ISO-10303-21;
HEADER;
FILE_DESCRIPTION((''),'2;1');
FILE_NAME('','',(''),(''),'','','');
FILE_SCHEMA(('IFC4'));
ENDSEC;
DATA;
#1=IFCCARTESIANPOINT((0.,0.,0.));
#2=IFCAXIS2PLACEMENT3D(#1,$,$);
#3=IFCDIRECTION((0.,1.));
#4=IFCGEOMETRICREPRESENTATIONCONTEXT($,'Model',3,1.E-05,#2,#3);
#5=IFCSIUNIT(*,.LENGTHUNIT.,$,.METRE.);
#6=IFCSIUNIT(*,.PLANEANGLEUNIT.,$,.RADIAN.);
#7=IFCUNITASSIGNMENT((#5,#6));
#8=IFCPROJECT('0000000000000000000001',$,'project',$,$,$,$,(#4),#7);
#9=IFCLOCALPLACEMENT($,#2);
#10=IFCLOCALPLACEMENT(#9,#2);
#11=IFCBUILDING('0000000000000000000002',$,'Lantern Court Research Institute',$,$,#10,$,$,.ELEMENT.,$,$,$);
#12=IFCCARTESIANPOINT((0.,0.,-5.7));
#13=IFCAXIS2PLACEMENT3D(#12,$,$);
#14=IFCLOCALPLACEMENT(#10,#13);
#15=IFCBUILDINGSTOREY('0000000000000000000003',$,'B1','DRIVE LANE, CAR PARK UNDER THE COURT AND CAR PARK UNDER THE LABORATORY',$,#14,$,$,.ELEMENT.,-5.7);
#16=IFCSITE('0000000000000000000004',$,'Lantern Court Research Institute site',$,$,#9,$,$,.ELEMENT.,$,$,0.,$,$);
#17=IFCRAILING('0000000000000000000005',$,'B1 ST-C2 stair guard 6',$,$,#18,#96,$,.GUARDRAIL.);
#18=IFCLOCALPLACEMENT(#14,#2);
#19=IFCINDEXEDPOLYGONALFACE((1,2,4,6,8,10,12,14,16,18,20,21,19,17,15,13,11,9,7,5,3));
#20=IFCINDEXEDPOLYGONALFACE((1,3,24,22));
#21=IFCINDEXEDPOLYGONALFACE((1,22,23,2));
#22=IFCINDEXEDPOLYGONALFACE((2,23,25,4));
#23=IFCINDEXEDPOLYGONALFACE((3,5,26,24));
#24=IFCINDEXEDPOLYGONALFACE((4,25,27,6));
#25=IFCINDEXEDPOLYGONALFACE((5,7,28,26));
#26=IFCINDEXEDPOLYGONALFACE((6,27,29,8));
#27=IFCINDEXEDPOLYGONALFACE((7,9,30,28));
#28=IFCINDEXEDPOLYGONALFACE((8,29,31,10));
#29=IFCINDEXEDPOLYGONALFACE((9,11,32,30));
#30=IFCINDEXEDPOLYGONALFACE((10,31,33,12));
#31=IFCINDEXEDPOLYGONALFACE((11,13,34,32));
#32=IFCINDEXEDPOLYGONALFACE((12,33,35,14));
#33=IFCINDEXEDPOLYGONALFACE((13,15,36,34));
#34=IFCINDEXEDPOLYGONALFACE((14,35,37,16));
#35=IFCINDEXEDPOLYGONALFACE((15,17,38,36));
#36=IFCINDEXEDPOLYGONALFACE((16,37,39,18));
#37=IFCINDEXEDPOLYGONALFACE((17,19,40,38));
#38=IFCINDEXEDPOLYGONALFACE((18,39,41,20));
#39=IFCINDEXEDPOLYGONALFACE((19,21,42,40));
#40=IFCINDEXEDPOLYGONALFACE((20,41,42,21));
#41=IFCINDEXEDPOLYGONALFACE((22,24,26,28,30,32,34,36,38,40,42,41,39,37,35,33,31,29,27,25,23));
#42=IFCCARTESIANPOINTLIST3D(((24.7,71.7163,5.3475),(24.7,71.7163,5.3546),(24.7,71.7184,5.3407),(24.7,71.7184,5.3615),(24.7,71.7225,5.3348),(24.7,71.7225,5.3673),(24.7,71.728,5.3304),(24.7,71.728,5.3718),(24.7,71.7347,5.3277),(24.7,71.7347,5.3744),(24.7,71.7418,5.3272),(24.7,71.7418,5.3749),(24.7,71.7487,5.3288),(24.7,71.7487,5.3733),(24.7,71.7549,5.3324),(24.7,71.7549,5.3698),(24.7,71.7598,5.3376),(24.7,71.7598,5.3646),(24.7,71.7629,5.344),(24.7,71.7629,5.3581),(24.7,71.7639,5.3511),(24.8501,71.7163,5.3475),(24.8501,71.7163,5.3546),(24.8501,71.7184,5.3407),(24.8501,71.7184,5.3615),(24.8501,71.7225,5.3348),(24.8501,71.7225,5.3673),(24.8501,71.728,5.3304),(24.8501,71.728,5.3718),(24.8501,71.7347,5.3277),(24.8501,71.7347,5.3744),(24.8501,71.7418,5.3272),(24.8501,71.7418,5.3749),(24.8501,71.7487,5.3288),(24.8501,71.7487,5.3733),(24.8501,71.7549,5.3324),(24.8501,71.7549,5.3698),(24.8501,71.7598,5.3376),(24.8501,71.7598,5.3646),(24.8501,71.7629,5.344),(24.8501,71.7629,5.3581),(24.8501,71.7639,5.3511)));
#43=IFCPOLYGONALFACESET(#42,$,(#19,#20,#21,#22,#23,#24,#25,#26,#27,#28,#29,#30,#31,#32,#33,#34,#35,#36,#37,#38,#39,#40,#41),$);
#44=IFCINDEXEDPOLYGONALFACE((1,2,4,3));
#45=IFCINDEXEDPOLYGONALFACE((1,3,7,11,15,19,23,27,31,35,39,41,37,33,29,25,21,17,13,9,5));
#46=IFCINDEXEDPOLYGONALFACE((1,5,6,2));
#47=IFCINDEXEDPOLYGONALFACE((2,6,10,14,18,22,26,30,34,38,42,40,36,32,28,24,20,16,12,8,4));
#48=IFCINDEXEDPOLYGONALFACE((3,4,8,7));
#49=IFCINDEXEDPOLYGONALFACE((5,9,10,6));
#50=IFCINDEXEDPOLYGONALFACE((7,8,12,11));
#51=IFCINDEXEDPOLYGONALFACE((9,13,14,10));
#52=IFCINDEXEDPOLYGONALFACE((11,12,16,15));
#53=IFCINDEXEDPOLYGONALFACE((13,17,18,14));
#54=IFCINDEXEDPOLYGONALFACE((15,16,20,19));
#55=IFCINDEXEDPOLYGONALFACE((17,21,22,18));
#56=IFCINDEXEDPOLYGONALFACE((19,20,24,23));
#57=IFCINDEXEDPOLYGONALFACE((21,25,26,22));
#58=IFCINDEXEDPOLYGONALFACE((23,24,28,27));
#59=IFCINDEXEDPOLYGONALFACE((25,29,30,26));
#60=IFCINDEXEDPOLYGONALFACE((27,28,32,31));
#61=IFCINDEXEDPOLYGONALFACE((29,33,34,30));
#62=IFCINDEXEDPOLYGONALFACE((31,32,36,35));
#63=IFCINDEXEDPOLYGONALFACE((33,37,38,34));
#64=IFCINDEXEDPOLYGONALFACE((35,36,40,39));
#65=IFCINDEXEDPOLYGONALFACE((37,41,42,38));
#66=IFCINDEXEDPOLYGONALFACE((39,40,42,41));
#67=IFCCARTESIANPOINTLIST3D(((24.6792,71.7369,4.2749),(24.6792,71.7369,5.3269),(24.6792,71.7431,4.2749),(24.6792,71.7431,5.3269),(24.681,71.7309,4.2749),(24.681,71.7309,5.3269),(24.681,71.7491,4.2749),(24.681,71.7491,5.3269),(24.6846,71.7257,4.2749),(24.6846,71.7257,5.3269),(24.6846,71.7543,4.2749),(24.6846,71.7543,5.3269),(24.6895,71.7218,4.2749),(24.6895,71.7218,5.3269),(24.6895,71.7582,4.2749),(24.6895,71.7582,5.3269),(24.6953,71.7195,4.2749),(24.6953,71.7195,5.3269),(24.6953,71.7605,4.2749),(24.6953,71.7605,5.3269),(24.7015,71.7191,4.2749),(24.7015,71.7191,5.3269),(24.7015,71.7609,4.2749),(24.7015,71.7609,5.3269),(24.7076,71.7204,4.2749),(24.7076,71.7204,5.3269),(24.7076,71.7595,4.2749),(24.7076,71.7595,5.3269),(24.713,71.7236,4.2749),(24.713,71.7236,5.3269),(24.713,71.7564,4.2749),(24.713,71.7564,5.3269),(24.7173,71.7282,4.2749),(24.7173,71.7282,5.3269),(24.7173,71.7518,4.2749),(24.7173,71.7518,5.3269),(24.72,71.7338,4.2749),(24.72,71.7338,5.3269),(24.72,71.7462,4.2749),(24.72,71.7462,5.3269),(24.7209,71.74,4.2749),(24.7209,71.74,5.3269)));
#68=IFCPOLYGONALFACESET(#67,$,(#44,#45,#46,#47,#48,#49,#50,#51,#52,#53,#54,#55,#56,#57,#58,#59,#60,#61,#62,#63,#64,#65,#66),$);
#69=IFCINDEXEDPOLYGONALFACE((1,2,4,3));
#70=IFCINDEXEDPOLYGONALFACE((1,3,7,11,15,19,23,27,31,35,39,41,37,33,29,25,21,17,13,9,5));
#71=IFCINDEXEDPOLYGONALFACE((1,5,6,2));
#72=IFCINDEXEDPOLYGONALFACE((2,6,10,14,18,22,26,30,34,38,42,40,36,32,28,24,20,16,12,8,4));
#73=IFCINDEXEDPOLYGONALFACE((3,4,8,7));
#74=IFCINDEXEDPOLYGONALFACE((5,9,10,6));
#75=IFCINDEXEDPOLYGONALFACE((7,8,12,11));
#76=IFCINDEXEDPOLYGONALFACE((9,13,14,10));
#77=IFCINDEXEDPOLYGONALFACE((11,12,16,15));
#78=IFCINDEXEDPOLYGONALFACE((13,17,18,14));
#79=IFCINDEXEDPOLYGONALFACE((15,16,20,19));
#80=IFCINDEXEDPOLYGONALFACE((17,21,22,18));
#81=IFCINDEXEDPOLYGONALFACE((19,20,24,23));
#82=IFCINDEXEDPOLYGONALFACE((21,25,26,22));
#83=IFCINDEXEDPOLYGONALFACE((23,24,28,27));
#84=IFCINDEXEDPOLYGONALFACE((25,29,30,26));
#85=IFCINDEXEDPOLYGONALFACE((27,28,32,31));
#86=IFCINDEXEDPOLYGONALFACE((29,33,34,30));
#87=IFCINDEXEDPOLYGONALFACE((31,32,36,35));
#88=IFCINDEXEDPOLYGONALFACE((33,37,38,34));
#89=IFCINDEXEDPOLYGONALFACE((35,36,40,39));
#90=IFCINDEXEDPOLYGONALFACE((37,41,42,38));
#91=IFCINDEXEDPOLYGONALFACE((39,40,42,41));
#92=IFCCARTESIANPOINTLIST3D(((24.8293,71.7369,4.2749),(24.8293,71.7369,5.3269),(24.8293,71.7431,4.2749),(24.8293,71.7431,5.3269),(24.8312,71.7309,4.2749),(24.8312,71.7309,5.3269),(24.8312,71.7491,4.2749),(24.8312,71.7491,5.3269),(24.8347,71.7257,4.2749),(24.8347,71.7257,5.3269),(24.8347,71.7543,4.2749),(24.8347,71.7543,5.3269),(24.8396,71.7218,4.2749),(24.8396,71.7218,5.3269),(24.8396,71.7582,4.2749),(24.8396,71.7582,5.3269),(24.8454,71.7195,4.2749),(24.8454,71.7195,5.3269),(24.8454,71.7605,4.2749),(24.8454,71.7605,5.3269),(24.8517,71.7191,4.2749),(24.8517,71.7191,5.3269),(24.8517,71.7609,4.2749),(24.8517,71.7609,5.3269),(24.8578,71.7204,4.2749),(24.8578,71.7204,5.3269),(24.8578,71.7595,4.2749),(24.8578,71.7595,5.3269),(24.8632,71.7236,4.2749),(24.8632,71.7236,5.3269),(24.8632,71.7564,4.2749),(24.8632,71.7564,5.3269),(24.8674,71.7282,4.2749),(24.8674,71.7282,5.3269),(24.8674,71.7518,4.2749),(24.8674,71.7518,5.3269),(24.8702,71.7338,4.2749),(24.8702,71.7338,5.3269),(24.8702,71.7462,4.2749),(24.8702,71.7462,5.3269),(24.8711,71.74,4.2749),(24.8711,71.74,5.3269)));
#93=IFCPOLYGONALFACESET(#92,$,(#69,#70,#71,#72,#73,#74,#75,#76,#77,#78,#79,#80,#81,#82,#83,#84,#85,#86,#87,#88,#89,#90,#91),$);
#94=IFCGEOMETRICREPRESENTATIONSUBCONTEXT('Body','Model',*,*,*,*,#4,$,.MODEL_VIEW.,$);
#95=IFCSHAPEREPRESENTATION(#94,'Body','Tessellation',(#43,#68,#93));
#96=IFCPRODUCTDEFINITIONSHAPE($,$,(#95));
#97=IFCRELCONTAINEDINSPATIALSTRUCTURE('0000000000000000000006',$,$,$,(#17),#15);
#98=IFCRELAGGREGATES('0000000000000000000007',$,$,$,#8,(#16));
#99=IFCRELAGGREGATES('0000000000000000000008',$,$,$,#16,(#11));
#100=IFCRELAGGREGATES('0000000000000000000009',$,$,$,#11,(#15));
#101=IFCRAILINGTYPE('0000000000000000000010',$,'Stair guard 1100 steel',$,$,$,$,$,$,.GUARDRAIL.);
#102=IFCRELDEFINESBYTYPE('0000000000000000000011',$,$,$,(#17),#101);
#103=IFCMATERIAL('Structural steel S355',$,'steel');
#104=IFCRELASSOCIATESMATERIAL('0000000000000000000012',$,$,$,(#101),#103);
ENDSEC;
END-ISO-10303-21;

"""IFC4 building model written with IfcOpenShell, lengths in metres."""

from ifc_helpers import new_model, si_unit, direction, frame, origin, origin_2d, place, context, subcontext, project, spatial, circle, extrude, material, type_object, element, save


model = new_model("IFC4")

# Units and contexts
model_context = context("Model", 3, precision=1e-05, world=origin(), true_north=direction((0.0, 1.0)))
body_context = subcontext(model_context, "Body", "Model", "MODEL_VIEW")
ifc_project = project(units=[si_unit("LENGTHUNIT", "METRE"), si_unit("PLANEANGLEUNIT", "RADIAN")], contexts=[model_context])

# Site, building, storey
site_placement = place(None, origin())
site = spatial("IfcSite", under=ifc_project, at=site_placement, Name="Lantern Court Research Institute site", CompositionType="ELEMENT", RefElevation=0.0)
building_placement = place(site_placement, origin())
building = spatial("IfcBuilding", under=site, at=building_placement, Name="Lantern Court Research Institute", CompositionType="ELEMENT")
storey_placement = place(building_placement, frame((0.0, 0.0, -5.7)))
storey = spatial("IfcBuildingStorey", under=building, at=storey_placement, Name="B1", Description="DRIVE LANE, CAR PARK UNDER THE COURT AND CAR PARK UNDER THE LABORATORY", CompositionType="ELEMENT", Elevation=-5.7)

# Railing
ifc_material_1 = material(Name="Structural steel S355", Category="steel")
railing_type = type_object("IfcRailingType", Name="Stair guard 1100 steel", PredefinedType="GUARDRAIL", material=ifc_material_1)
railing_1_placement = place(storey_placement, frame((24.7, 71.74, 4.2749)))
element("IfcRailing", 1, at=railing_1_placement, inside=storey, type_object=railing_type, Name="B1 ST-C2 stair guard 6", PredefinedType="GUARDRAIL", context=body_context, shape_type="SweptSolid", body=[
    extrude(circle(Radius=0.0239, at=origin_2d()), frame((0.0, 0.0, 1.0762), z_axis=(1.0, 0.0, 0.0), x_axis=(0.0, 1.0, 0.0)), (0.0, 0.0, 1.0), 0.1501),
    extrude(circle(Radius=0.021, at=origin_2d()), origin(), (0.0, 0.0, 1.0), 1.052),
    extrude(circle(Radius=0.021, at=origin_2d()), frame((0.1501, 0.0, 0.0)), (0.0, 0.0, 1.0), 1.052),
])

save(model, "model.ifc")
